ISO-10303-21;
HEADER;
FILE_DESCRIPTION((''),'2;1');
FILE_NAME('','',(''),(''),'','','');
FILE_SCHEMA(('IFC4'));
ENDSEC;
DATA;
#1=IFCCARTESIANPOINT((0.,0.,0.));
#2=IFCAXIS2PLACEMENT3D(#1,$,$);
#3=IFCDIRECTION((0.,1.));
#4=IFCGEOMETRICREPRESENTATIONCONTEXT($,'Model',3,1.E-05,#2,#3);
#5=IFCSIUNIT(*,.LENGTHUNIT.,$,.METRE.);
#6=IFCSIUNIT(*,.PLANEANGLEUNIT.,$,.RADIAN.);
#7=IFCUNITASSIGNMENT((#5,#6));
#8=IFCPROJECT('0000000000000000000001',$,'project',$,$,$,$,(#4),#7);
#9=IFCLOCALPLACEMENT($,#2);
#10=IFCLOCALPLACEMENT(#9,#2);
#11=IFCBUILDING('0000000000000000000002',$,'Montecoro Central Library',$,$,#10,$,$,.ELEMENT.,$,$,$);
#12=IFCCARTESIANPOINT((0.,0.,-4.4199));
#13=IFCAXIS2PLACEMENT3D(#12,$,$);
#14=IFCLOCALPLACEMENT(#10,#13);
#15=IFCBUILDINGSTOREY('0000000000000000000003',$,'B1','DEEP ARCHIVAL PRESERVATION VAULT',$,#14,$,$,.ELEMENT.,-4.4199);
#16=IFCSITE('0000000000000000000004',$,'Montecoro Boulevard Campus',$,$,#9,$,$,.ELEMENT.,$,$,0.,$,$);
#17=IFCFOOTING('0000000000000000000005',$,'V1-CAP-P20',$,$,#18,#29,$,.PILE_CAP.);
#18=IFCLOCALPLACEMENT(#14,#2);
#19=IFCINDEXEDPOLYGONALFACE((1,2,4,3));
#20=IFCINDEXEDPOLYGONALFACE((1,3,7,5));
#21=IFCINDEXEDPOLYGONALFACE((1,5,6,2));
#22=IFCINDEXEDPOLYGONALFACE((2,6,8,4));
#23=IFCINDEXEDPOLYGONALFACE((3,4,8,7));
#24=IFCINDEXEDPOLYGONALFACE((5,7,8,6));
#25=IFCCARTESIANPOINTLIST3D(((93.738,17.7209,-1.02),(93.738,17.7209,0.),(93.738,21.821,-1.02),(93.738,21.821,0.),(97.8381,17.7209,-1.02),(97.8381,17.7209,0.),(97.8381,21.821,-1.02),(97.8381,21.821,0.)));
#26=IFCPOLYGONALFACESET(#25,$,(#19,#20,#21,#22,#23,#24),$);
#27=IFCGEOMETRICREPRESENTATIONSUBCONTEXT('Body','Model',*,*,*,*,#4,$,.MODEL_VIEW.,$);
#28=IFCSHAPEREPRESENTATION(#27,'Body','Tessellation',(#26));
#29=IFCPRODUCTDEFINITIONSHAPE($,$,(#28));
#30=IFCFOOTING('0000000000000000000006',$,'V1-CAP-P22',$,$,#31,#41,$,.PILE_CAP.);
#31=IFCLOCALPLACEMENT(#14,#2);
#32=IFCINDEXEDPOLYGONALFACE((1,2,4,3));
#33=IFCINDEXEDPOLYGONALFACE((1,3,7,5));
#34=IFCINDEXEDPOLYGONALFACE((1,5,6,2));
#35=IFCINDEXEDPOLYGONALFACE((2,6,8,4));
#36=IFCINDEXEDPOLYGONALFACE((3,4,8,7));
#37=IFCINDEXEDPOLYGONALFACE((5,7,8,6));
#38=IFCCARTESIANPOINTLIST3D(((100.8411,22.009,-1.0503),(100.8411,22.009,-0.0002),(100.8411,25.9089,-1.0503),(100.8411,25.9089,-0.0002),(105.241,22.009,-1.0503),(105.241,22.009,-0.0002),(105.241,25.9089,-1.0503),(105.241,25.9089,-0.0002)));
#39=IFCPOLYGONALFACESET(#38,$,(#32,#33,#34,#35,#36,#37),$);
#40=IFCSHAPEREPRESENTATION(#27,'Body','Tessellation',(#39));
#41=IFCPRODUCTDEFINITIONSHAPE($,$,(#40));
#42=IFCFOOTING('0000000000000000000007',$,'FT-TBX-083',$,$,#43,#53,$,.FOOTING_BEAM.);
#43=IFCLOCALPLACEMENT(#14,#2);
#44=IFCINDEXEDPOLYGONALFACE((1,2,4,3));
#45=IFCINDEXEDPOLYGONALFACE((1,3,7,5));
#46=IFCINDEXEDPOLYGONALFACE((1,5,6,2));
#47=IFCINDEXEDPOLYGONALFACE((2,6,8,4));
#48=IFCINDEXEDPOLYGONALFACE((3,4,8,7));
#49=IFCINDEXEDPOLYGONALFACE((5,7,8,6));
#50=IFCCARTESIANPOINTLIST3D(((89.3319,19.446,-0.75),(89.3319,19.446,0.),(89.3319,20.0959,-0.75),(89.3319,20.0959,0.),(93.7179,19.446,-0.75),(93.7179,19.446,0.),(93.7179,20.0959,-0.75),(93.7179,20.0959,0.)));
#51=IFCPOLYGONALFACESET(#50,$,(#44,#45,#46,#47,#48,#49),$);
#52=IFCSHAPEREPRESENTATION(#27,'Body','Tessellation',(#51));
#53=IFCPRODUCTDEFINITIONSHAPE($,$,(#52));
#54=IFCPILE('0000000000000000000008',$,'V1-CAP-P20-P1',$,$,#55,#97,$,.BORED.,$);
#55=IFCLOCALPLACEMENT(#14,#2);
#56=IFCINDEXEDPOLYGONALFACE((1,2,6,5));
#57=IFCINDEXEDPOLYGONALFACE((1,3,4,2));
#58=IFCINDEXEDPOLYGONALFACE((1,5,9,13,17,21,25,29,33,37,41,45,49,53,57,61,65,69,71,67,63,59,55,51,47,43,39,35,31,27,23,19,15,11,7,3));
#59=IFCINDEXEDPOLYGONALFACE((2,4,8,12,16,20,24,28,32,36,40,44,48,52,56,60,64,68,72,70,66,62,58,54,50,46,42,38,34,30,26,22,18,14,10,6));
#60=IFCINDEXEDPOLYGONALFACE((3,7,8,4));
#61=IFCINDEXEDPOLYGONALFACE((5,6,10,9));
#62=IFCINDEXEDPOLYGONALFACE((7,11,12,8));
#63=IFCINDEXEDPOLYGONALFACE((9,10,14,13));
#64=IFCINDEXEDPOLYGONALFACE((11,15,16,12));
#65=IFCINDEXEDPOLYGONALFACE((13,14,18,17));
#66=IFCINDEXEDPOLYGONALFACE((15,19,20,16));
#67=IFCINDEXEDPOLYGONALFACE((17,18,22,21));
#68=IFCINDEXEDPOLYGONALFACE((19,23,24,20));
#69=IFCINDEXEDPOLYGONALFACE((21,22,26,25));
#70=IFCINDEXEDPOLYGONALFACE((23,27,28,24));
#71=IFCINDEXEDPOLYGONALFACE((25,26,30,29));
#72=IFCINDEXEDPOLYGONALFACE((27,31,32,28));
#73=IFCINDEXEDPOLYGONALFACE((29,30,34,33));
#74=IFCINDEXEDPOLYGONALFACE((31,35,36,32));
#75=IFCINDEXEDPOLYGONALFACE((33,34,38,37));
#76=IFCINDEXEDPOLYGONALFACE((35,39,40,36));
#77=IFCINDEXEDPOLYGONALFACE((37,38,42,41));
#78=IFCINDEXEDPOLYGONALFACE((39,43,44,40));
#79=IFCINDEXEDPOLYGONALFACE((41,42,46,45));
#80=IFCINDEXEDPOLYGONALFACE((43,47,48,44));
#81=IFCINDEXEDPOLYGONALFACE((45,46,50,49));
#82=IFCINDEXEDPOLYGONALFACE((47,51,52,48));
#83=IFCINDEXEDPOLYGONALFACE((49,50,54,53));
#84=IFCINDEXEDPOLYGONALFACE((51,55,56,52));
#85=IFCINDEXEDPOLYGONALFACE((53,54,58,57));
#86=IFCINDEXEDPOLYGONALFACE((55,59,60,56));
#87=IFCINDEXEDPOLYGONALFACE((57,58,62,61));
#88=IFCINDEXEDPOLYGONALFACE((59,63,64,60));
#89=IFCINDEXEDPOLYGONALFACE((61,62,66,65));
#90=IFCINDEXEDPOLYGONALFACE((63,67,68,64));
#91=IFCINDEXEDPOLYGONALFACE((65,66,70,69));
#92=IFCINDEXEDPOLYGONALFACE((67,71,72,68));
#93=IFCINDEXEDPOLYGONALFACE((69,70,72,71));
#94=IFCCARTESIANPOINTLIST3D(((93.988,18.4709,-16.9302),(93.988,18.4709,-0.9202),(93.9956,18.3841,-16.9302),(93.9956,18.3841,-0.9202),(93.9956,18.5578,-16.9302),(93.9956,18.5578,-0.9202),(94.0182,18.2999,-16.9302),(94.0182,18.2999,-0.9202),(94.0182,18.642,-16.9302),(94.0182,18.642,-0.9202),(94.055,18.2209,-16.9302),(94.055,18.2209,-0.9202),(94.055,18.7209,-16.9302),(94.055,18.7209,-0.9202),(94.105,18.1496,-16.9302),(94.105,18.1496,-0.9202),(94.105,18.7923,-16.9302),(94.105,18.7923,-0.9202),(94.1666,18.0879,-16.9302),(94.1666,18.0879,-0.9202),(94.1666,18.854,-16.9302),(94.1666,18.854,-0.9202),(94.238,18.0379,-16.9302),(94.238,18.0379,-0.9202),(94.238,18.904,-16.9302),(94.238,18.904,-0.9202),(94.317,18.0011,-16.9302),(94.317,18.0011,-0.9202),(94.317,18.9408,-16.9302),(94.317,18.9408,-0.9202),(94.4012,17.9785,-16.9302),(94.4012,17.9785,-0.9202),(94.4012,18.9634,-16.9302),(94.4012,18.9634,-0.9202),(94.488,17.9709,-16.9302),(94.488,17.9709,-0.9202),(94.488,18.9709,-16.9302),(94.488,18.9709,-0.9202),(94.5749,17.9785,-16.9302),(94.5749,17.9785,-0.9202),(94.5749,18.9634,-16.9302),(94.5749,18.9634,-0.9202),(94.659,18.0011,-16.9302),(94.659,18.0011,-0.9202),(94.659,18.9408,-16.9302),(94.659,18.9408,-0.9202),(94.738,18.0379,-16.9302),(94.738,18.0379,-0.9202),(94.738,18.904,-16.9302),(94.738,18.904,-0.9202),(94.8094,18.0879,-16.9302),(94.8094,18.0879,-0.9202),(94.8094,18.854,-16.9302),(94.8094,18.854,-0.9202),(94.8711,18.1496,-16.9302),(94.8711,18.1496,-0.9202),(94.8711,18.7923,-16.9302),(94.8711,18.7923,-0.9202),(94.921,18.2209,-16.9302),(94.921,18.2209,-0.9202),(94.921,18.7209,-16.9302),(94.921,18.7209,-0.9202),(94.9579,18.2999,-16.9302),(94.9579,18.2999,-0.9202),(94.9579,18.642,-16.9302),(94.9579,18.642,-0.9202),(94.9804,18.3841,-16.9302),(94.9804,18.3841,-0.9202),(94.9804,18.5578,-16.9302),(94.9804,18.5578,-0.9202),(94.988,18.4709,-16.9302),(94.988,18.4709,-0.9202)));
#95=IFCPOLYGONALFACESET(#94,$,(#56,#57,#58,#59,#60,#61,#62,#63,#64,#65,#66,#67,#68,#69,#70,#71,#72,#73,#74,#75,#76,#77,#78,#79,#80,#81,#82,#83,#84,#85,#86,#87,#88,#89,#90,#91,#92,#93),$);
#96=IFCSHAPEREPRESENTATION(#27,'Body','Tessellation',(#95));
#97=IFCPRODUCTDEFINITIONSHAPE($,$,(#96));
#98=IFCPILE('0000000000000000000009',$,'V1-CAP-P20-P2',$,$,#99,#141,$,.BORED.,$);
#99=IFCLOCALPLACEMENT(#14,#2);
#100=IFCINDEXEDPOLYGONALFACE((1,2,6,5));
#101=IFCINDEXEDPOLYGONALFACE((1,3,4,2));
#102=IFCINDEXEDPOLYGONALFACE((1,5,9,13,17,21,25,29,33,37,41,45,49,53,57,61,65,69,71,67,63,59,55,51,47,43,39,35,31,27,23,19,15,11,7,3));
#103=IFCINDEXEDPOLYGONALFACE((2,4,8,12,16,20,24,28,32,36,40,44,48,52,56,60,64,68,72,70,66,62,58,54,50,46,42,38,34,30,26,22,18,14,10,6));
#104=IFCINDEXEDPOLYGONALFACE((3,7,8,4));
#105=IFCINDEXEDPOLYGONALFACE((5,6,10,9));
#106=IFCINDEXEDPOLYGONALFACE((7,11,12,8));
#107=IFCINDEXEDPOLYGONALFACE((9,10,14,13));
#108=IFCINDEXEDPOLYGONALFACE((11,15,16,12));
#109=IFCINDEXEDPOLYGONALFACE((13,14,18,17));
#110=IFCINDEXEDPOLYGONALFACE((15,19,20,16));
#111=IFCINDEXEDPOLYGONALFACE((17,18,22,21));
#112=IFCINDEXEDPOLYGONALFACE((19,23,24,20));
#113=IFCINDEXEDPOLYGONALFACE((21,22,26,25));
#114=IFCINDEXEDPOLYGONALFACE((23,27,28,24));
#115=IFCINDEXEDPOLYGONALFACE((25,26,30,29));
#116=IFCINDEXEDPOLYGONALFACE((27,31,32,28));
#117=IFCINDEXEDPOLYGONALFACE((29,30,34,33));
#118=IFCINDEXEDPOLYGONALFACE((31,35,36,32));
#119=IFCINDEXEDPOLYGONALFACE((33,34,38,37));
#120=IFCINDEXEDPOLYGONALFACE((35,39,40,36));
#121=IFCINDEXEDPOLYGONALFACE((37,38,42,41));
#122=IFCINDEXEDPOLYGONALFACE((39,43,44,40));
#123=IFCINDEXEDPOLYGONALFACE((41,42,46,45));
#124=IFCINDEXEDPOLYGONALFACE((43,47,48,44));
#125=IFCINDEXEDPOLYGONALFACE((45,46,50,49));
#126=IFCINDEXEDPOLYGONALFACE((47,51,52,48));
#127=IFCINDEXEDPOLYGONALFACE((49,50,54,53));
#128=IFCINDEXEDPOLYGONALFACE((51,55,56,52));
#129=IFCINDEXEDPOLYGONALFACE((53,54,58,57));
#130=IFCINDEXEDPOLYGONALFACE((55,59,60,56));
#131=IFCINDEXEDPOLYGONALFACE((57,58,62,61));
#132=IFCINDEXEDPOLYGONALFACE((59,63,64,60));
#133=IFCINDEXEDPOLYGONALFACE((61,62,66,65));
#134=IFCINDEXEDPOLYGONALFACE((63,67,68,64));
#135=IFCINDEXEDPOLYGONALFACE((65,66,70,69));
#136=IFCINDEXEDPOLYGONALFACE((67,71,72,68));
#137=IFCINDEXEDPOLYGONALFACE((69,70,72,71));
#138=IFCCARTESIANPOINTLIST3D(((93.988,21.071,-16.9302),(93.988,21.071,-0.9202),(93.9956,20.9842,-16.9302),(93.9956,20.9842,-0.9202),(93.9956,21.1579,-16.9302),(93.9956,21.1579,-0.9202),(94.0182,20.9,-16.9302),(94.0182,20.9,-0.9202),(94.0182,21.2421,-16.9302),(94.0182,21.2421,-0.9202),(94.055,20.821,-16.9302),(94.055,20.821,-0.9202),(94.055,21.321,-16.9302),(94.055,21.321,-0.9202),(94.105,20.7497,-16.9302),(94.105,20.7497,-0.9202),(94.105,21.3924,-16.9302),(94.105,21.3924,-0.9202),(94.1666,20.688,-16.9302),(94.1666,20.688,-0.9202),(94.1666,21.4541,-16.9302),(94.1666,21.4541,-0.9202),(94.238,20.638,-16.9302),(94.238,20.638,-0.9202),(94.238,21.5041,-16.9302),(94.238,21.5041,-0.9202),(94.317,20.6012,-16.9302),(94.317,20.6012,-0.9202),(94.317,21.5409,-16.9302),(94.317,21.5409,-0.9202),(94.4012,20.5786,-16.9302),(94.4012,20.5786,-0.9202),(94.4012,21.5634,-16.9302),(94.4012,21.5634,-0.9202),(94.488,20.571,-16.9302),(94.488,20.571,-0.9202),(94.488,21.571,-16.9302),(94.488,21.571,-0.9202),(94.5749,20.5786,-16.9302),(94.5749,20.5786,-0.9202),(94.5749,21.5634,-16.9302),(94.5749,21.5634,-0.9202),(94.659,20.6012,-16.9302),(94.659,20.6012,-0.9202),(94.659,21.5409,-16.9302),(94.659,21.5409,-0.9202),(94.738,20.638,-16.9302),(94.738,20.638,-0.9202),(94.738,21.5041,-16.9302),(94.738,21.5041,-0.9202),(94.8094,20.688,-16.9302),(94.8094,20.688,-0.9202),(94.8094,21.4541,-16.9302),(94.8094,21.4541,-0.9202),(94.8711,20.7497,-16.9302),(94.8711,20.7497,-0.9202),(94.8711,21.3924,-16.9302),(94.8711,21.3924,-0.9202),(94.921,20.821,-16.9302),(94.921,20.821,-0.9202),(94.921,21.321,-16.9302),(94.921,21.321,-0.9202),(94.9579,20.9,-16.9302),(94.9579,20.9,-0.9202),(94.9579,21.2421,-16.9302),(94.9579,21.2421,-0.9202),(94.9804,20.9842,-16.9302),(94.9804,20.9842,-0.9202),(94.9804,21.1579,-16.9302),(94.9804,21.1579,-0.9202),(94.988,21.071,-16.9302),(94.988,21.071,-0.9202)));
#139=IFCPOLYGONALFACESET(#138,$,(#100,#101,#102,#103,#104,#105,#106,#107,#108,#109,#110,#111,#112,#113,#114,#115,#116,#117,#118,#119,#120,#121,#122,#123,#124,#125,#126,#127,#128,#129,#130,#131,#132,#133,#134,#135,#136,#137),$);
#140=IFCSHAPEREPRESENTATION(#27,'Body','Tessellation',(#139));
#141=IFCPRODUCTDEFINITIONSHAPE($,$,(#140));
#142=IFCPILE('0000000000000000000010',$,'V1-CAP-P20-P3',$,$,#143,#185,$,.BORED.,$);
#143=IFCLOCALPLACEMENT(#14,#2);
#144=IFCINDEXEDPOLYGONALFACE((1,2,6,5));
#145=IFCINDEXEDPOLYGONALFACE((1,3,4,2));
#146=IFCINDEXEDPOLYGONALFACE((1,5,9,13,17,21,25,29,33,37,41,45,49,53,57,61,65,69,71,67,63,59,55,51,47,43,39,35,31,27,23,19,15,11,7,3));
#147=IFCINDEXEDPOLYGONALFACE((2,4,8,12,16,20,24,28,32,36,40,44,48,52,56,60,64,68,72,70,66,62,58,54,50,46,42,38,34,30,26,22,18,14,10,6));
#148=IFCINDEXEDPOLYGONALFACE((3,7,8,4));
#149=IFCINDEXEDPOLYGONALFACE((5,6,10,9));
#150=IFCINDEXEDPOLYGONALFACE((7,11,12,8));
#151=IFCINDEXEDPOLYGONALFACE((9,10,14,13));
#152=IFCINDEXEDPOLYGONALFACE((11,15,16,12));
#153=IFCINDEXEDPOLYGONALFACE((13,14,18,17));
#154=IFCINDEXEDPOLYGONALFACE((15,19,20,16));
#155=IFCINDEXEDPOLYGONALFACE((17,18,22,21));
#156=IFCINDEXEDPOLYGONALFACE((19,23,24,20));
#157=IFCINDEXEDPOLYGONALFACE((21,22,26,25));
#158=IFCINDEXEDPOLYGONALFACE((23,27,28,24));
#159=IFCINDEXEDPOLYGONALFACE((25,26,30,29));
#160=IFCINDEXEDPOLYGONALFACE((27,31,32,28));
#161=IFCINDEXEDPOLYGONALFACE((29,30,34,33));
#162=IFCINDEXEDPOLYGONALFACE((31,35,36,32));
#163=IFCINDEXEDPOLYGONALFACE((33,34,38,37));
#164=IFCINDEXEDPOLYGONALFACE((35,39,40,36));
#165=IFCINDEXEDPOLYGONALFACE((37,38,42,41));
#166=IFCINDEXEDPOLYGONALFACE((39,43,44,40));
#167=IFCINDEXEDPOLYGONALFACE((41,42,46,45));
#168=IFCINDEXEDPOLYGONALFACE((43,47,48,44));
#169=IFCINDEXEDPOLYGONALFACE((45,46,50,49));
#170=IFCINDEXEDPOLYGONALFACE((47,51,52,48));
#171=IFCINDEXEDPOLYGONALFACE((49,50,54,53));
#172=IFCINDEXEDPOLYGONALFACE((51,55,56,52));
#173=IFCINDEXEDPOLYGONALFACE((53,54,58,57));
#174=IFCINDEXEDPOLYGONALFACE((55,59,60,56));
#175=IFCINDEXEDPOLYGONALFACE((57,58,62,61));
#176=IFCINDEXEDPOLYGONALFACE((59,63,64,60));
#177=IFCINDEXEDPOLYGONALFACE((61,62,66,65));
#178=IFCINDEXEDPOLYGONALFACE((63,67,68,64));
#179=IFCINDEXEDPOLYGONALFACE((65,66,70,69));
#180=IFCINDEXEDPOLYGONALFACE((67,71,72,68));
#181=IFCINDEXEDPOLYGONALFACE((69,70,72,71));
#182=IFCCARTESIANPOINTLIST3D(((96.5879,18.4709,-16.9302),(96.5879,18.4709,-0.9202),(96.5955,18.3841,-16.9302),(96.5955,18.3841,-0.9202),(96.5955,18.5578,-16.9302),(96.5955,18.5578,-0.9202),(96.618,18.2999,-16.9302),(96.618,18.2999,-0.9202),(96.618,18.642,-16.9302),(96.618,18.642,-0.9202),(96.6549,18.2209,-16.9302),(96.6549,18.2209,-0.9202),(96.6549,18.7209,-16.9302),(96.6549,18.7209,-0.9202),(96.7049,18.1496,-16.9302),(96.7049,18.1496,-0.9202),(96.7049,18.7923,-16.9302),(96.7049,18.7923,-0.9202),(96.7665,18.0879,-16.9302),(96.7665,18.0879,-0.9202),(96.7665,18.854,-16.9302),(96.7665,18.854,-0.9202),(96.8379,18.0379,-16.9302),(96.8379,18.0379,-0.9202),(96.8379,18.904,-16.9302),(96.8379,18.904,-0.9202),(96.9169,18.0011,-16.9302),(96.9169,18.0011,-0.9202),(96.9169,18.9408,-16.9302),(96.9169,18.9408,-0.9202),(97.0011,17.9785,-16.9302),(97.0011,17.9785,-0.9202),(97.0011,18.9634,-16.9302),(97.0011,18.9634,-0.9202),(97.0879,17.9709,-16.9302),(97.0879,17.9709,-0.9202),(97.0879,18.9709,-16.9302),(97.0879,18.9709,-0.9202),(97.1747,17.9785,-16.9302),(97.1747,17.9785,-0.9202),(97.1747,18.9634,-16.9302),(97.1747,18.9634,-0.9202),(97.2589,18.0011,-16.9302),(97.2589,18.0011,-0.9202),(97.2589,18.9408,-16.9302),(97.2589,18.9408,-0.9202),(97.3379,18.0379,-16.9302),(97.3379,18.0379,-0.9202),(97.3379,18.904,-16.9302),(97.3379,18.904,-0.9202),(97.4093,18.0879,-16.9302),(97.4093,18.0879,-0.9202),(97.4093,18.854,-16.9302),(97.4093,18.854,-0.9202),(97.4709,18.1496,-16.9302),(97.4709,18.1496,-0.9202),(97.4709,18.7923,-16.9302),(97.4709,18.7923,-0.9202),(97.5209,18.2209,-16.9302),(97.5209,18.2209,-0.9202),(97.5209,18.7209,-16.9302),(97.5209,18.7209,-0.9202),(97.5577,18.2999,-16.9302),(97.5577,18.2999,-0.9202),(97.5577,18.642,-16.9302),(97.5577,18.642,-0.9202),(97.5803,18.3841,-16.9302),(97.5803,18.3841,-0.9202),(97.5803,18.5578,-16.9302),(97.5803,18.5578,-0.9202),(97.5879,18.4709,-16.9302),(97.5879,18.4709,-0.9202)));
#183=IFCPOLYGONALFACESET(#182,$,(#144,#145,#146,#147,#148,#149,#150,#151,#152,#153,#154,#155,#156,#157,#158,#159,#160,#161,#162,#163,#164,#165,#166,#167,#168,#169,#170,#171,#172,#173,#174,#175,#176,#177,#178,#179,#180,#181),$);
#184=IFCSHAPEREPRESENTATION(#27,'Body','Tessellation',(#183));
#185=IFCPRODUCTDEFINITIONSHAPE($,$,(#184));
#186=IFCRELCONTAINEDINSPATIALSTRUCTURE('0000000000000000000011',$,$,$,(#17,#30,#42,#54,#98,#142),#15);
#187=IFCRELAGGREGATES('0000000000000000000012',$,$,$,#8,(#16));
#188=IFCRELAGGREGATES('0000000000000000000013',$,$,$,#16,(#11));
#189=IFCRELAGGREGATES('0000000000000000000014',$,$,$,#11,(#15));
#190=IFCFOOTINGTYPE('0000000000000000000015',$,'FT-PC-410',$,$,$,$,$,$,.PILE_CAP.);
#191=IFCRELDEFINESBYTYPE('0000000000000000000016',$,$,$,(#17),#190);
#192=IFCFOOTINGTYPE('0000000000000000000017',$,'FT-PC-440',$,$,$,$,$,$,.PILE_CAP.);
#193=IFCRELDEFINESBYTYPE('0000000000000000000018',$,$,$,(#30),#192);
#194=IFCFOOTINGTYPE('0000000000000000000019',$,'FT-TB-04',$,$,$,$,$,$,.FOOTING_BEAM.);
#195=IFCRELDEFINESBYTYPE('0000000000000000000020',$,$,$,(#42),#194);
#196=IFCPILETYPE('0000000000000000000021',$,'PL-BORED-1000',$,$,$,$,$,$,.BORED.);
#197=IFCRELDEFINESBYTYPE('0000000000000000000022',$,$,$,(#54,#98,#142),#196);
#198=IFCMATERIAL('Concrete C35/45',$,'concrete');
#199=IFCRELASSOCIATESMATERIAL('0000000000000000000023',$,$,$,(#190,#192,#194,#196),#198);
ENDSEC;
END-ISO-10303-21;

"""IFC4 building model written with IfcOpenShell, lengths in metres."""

from ifc_helpers import new_model, si_unit, direction, frame, origin, origin_2d, place, context, subcontext, project, spatial, rectangle, circle, extrude, material, material_profile, profile_set, type_object, element, save


model = new_model("IFC4")

# Units and contexts
model_context = context("Model", 3, precision=1e-05, world=origin(), true_north=direction((0.0, 1.0)))
body_context = subcontext(model_context, "Body", "Model", "MODEL_VIEW")
ifc_project = project(units=[si_unit("LENGTHUNIT", "METRE"), si_unit("PLANEANGLEUNIT", "RADIAN")], contexts=[model_context])

# Site, building, storey
site_placement = place(None, origin())
site = spatial("IfcSite", under=ifc_project, at=site_placement, Name="Montecoro Boulevard Campus", CompositionType="ELEMENT", RefElevation=0.0)
building_placement = place(site_placement, origin())
building = spatial("IfcBuilding", under=site, at=building_placement, Name="Montecoro Central Library", CompositionType="ELEMENT")
storey_placement = place(building_placement, frame((0.0, 0.0, -4.4199)))
storey = spatial("IfcBuildingStorey", under=building, at=storey_placement, Name="B1", Description="DEEP ARCHIVAL PRESERVATION VAULT", CompositionType="ELEMENT", Elevation=-4.4199)

# Footings
ifc_material_1 = material(Name="Concrete C35/45", Category="concrete")
footing_type_1 = type_object("IfcFootingType", Name="FT-PC-410", PredefinedType="PILE_CAP", material=ifc_material_1)
footing_1_placement = place(storey_placement, frame((95.7881, 19.771, -1.02), z_axis=(0.0, 0.0, 1.0), x_axis=(1.0, 0.0, 0.0)))
element("IfcFooting", 1, at=footing_1_placement, inside=storey, type_object=footing_type_1, Name="V1-CAP-P20", PredefinedType="PILE_CAP", context=body_context, shape_type="SweptSolid", body=[
    extrude(rectangle(XDim=4.1001, YDim=4.1001, at=origin_2d()), origin(), (0.0, 0.0, 1.0), 1.02),
])
footing_type_2 = type_object("IfcFootingType", Name="FT-PC-440", PredefinedType="PILE_CAP", material=ifc_material_1)
footing_2_placement = place(storey_placement, frame((103.041, 23.959, -1.0503), z_axis=(0.0, 0.0, 1.0), x_axis=(1.0, 0.0, 0.0)))
element("IfcFooting", 2, at=footing_2_placement, inside=storey, type_object=footing_type_2, Name="V1-CAP-P22", PredefinedType="PILE_CAP", context=body_context, shape_type="SweptSolid", body=[
    extrude(rectangle(XDim=4.3999, YDim=3.8999, at=origin_2d()), origin(), (0.0, 0.0, 1.0), 1.05),
])
footing_type_3 = type_object("IfcFootingType", Name="FT-TB-04", PredefinedType="FOOTING_BEAM", material=ifc_material_1)
footing_3_placement = place(storey_placement, frame((91.5249, 19.771, -0.75), z_axis=(0.0, 0.0, 1.0), x_axis=(1.0, 0.0, 0.0)))
element("IfcFooting", 3, at=footing_3_placement, inside=storey, type_object=footing_type_3, Name="FT-TBX-083", PredefinedType="FOOTING_BEAM", context=body_context, shape_type="SweptSolid", body=[
    extrude(rectangle(XDim=4.386, YDim=0.6499, at=origin_2d()), origin(), (0.0, 0.0, 1.0), 0.75),
])

# Piles
ifc_material_profile_1 = material_profile(ifc_material_1, circle(Radius=0.5, at=origin_2d()), Name="PILE D1000")
ifc_profile_set_1 = profile_set([ifc_material_profile_1], Name="Concrete C35/45")
pile_type_1 = type_object("IfcPileType", Name="PL-BORED-1000", PredefinedType="BORED", material=ifc_profile_set_1)
for number, where, z_axis, x_axis, name in (
    (4, (94.488, 18.4709, -0.9202), (0.0, 0.0, -1.0), (1.0, 0.0, 0.0), "V1-CAP-P20-P1"),
    (5, (94.488, 21.071, -0.9202), (0.0, 0.0, -1.0), (1.0, 0.0, 0.0), "V1-CAP-P20-P2"),
    (6, (97.0879, 18.4709, -0.9202), (0.0, 0.0, -1.0), (1.0, 0.0, 0.0), "V1-CAP-P20-P3"),
):
    element("IfcPile", number, at=place(storey_placement, frame(where, z_axis=z_axis, x_axis=x_axis)), inside=storey, type_object=pile_type_1, Name=name, PredefinedType="BORED", context=body_context, shape_type="SweptSolid", body=[
        extrude(circle(Radius=0.5, at=origin_2d()), origin(), (0.0, 0.0, 1.0), 16.01),
    ])

save(model, "model.ifc")
